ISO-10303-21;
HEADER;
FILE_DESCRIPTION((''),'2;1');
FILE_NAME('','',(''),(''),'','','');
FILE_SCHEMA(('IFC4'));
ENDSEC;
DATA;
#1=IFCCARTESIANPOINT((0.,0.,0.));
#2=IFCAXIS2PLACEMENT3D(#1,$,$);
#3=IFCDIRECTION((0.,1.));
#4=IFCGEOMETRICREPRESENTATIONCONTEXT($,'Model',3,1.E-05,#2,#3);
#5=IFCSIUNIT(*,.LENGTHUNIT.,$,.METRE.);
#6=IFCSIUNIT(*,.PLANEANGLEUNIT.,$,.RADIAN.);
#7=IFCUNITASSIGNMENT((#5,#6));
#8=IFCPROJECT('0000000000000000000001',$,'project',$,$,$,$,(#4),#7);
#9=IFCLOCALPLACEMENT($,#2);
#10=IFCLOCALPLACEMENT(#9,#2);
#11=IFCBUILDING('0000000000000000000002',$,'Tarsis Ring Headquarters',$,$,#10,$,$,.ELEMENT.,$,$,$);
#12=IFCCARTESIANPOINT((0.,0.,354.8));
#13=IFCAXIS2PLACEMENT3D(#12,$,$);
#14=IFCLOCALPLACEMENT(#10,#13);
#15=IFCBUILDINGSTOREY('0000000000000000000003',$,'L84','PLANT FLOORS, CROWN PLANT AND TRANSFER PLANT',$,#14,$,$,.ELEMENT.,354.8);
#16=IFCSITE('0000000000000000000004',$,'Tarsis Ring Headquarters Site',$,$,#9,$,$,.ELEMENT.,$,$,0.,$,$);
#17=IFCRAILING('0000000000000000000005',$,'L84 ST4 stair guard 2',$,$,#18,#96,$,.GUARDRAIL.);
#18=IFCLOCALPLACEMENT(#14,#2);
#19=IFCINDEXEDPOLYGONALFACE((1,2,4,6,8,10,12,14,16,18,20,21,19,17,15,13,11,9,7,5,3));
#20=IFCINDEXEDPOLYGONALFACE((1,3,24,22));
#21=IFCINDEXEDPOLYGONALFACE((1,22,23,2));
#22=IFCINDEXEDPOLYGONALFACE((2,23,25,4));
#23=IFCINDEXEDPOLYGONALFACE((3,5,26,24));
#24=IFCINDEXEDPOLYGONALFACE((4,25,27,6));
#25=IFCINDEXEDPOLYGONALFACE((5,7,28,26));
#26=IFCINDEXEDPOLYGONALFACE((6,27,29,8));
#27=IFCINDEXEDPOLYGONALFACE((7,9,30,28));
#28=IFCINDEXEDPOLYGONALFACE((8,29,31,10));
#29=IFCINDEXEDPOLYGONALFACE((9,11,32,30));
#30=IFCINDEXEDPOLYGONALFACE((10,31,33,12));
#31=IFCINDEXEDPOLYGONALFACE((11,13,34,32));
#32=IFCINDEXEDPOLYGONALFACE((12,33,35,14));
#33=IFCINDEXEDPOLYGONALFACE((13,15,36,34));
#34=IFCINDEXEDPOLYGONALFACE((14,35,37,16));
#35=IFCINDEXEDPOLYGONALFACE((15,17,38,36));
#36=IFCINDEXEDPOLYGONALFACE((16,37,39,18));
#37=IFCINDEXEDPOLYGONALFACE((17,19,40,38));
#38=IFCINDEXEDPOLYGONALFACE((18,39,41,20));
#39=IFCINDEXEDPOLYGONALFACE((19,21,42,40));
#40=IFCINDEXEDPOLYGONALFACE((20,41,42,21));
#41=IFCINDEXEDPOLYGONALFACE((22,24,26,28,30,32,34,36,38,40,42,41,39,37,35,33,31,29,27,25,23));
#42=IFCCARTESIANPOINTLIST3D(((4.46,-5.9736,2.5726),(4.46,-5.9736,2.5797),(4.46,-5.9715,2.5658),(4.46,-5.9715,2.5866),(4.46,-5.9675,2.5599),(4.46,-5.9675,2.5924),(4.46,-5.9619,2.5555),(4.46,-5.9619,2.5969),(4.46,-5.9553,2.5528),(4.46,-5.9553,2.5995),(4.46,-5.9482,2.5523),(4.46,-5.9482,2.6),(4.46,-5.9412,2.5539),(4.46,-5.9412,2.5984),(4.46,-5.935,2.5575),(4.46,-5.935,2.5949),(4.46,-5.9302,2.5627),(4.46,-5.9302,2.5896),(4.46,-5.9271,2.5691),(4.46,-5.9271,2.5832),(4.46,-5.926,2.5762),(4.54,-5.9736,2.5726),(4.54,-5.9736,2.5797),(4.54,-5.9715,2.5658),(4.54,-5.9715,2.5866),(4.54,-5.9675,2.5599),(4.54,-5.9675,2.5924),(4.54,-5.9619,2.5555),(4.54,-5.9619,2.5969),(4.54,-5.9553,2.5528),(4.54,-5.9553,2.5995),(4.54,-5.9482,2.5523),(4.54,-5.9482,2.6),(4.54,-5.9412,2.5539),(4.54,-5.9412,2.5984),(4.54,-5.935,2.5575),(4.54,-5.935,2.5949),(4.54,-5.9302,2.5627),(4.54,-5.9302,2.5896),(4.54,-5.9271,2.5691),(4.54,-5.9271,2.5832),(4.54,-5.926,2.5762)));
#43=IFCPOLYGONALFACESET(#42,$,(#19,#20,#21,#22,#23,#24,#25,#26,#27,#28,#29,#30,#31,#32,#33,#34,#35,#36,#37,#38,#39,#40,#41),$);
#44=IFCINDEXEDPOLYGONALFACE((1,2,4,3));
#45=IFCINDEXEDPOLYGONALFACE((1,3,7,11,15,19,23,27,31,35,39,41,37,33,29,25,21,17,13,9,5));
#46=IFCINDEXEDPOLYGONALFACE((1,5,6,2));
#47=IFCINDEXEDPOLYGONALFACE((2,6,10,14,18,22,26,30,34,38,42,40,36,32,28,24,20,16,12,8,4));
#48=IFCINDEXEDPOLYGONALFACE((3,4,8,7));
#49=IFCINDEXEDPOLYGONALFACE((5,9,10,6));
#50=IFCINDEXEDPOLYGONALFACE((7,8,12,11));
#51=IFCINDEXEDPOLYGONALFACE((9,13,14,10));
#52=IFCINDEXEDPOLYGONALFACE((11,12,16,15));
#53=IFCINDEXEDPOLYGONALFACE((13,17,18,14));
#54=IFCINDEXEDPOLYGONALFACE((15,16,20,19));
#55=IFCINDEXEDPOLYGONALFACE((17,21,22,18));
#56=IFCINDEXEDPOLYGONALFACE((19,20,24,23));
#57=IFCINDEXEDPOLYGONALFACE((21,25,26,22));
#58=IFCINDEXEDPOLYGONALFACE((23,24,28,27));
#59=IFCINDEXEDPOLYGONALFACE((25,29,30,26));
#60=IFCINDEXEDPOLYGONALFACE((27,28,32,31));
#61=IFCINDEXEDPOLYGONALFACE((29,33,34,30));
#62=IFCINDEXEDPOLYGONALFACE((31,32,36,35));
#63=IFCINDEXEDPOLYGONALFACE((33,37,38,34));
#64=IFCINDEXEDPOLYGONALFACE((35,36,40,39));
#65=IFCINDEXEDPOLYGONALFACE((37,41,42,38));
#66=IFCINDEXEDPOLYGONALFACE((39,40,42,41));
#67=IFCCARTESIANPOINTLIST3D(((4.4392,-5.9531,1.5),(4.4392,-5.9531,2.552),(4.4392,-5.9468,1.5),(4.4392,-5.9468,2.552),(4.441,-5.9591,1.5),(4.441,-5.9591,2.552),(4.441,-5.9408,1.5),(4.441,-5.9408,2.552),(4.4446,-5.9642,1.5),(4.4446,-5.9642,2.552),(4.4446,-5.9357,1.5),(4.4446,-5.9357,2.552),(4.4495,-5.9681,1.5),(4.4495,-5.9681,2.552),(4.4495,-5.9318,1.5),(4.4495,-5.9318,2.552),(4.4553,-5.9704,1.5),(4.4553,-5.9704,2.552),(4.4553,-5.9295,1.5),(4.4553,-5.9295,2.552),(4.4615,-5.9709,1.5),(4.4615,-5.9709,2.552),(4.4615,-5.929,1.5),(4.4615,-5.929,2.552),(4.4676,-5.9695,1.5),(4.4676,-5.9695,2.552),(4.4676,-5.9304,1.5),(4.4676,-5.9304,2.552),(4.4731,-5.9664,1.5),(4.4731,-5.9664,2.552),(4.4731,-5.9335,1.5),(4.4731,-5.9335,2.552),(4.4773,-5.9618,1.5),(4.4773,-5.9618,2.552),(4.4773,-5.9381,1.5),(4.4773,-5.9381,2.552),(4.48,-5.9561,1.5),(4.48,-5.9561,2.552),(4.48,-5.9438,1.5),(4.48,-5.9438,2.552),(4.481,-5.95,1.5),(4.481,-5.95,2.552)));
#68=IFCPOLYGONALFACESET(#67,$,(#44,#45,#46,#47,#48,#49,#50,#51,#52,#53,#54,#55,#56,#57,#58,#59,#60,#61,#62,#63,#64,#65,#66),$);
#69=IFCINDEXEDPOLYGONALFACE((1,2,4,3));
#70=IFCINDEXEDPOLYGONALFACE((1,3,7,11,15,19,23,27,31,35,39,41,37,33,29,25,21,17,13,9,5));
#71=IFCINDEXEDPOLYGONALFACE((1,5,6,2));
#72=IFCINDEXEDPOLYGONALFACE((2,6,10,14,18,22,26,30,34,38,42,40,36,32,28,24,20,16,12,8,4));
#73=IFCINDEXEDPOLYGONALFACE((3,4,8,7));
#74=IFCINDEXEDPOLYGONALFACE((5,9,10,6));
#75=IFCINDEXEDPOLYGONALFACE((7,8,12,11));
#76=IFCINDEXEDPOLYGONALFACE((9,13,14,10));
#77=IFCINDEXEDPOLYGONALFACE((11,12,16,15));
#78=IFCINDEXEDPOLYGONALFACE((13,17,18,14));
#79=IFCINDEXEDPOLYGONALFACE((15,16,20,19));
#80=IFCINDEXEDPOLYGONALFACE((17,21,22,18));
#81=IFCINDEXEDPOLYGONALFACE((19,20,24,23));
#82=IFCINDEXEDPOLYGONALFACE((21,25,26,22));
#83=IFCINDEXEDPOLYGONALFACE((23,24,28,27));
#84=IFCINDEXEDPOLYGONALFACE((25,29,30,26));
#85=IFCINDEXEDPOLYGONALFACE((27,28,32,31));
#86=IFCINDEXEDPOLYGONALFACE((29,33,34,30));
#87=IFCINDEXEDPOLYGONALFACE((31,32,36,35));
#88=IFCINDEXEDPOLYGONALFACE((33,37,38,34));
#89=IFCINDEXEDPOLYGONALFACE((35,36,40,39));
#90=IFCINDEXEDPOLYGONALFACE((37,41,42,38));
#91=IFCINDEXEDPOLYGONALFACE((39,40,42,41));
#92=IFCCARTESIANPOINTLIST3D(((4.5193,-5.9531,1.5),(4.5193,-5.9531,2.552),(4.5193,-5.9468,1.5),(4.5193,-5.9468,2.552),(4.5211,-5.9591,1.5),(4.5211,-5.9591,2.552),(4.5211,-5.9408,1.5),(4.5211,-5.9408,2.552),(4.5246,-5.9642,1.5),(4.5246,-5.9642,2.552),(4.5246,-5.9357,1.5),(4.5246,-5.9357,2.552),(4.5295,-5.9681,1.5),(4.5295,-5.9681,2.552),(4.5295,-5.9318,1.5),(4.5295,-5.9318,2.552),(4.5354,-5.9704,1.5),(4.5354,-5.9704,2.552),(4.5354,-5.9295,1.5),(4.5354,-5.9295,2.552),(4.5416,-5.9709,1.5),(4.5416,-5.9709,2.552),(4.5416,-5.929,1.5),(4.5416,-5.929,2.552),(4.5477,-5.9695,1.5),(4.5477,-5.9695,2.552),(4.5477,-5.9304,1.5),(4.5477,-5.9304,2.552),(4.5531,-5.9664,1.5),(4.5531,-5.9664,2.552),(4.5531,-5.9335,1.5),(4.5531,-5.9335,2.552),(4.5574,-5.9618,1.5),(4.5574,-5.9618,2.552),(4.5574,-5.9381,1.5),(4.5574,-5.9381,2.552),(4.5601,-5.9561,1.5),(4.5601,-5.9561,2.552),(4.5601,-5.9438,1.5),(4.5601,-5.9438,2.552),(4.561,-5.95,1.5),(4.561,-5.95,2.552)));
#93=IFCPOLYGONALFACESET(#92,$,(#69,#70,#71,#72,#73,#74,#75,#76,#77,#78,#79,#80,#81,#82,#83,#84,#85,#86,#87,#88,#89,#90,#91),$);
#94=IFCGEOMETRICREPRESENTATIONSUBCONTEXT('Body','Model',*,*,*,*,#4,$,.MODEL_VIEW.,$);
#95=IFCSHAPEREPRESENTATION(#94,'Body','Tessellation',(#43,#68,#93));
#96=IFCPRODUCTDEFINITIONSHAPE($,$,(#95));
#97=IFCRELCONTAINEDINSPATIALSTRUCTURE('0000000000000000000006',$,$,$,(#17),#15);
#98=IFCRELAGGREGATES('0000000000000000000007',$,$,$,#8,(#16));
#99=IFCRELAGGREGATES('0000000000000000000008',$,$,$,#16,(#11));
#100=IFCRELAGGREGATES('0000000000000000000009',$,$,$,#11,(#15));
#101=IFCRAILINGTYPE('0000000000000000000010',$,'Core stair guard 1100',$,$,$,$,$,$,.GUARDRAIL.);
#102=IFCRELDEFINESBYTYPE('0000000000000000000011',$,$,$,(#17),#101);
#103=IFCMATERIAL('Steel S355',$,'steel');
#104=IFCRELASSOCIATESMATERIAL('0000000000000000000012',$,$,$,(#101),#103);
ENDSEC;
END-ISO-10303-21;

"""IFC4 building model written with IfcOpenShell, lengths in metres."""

from ifc_helpers import new_model, si_unit, direction, frame, origin, origin_2d, place, context, subcontext, project, spatial, circle, extrude, material, type_object, element, save


model = new_model("IFC4")

# Units and contexts
model_context = context("Model", 3, precision=1e-05, world=origin(), true_north=direction((0.0, 1.0)))
body_context = subcontext(model_context, "Body", "Model", "MODEL_VIEW")
ifc_project = project(units=[si_unit("LENGTHUNIT", "METRE"), si_unit("PLANEANGLEUNIT", "RADIAN")], contexts=[model_context])

# Site, building, storey
site_placement = place(None, origin())
site = spatial("IfcSite", under=ifc_project, at=site_placement, Name="Tarsis Ring Headquarters Site", CompositionType="ELEMENT", RefElevation=0.0)
building_placement = place(site_placement, origin())
building = spatial("IfcBuilding", under=site, at=building_placement, Name="Tarsis Ring Headquarters", CompositionType="ELEMENT")
storey_placement = place(building_placement, frame((0.0, 0.0, 354.8)))
storey = spatial("IfcBuildingStorey", under=building, at=storey_placement, Name="L84", Description="PLANT FLOORS, CROWN PLANT AND TRANSFER PLANT", CompositionType="ELEMENT", Elevation=354.8)

# Railing
ifc_material_1 = material(Name="Steel S355", Category="steel")
railing_type_1 = type_object("IfcRailingType", Name="Core stair guard 1100", PredefinedType="GUARDRAIL", material=ifc_material_1)
railing_1_placement = place(storey_placement, frame((4.46, -5.95, 1.5)))
element("IfcRailing", 1, at=railing_1_placement, inside=storey, type_object=railing_type_1, Name="L84 ST4 stair guard 2", PredefinedType="GUARDRAIL", context=body_context, shape_type="SweptSolid", body=[
    extrude(circle(Radius=0.0239, at=origin_2d()), frame((0.0, 0.0, 1.0762), z_axis=(1.0, 0.0, 0.0), x_axis=(0.0, 1.0, 0.0)), (0.0, 0.0, 1.0), 0.0801),
    extrude(circle(Radius=0.021, at=origin_2d()), origin(), (0.0, 0.0, 1.0), 1.052),
    extrude(circle(Radius=0.021, at=origin_2d()), frame((0.0801, 0.0, 0.0)), (0.0, 0.0, 1.0), 1.052),
])

save(model, "model.ifc")
